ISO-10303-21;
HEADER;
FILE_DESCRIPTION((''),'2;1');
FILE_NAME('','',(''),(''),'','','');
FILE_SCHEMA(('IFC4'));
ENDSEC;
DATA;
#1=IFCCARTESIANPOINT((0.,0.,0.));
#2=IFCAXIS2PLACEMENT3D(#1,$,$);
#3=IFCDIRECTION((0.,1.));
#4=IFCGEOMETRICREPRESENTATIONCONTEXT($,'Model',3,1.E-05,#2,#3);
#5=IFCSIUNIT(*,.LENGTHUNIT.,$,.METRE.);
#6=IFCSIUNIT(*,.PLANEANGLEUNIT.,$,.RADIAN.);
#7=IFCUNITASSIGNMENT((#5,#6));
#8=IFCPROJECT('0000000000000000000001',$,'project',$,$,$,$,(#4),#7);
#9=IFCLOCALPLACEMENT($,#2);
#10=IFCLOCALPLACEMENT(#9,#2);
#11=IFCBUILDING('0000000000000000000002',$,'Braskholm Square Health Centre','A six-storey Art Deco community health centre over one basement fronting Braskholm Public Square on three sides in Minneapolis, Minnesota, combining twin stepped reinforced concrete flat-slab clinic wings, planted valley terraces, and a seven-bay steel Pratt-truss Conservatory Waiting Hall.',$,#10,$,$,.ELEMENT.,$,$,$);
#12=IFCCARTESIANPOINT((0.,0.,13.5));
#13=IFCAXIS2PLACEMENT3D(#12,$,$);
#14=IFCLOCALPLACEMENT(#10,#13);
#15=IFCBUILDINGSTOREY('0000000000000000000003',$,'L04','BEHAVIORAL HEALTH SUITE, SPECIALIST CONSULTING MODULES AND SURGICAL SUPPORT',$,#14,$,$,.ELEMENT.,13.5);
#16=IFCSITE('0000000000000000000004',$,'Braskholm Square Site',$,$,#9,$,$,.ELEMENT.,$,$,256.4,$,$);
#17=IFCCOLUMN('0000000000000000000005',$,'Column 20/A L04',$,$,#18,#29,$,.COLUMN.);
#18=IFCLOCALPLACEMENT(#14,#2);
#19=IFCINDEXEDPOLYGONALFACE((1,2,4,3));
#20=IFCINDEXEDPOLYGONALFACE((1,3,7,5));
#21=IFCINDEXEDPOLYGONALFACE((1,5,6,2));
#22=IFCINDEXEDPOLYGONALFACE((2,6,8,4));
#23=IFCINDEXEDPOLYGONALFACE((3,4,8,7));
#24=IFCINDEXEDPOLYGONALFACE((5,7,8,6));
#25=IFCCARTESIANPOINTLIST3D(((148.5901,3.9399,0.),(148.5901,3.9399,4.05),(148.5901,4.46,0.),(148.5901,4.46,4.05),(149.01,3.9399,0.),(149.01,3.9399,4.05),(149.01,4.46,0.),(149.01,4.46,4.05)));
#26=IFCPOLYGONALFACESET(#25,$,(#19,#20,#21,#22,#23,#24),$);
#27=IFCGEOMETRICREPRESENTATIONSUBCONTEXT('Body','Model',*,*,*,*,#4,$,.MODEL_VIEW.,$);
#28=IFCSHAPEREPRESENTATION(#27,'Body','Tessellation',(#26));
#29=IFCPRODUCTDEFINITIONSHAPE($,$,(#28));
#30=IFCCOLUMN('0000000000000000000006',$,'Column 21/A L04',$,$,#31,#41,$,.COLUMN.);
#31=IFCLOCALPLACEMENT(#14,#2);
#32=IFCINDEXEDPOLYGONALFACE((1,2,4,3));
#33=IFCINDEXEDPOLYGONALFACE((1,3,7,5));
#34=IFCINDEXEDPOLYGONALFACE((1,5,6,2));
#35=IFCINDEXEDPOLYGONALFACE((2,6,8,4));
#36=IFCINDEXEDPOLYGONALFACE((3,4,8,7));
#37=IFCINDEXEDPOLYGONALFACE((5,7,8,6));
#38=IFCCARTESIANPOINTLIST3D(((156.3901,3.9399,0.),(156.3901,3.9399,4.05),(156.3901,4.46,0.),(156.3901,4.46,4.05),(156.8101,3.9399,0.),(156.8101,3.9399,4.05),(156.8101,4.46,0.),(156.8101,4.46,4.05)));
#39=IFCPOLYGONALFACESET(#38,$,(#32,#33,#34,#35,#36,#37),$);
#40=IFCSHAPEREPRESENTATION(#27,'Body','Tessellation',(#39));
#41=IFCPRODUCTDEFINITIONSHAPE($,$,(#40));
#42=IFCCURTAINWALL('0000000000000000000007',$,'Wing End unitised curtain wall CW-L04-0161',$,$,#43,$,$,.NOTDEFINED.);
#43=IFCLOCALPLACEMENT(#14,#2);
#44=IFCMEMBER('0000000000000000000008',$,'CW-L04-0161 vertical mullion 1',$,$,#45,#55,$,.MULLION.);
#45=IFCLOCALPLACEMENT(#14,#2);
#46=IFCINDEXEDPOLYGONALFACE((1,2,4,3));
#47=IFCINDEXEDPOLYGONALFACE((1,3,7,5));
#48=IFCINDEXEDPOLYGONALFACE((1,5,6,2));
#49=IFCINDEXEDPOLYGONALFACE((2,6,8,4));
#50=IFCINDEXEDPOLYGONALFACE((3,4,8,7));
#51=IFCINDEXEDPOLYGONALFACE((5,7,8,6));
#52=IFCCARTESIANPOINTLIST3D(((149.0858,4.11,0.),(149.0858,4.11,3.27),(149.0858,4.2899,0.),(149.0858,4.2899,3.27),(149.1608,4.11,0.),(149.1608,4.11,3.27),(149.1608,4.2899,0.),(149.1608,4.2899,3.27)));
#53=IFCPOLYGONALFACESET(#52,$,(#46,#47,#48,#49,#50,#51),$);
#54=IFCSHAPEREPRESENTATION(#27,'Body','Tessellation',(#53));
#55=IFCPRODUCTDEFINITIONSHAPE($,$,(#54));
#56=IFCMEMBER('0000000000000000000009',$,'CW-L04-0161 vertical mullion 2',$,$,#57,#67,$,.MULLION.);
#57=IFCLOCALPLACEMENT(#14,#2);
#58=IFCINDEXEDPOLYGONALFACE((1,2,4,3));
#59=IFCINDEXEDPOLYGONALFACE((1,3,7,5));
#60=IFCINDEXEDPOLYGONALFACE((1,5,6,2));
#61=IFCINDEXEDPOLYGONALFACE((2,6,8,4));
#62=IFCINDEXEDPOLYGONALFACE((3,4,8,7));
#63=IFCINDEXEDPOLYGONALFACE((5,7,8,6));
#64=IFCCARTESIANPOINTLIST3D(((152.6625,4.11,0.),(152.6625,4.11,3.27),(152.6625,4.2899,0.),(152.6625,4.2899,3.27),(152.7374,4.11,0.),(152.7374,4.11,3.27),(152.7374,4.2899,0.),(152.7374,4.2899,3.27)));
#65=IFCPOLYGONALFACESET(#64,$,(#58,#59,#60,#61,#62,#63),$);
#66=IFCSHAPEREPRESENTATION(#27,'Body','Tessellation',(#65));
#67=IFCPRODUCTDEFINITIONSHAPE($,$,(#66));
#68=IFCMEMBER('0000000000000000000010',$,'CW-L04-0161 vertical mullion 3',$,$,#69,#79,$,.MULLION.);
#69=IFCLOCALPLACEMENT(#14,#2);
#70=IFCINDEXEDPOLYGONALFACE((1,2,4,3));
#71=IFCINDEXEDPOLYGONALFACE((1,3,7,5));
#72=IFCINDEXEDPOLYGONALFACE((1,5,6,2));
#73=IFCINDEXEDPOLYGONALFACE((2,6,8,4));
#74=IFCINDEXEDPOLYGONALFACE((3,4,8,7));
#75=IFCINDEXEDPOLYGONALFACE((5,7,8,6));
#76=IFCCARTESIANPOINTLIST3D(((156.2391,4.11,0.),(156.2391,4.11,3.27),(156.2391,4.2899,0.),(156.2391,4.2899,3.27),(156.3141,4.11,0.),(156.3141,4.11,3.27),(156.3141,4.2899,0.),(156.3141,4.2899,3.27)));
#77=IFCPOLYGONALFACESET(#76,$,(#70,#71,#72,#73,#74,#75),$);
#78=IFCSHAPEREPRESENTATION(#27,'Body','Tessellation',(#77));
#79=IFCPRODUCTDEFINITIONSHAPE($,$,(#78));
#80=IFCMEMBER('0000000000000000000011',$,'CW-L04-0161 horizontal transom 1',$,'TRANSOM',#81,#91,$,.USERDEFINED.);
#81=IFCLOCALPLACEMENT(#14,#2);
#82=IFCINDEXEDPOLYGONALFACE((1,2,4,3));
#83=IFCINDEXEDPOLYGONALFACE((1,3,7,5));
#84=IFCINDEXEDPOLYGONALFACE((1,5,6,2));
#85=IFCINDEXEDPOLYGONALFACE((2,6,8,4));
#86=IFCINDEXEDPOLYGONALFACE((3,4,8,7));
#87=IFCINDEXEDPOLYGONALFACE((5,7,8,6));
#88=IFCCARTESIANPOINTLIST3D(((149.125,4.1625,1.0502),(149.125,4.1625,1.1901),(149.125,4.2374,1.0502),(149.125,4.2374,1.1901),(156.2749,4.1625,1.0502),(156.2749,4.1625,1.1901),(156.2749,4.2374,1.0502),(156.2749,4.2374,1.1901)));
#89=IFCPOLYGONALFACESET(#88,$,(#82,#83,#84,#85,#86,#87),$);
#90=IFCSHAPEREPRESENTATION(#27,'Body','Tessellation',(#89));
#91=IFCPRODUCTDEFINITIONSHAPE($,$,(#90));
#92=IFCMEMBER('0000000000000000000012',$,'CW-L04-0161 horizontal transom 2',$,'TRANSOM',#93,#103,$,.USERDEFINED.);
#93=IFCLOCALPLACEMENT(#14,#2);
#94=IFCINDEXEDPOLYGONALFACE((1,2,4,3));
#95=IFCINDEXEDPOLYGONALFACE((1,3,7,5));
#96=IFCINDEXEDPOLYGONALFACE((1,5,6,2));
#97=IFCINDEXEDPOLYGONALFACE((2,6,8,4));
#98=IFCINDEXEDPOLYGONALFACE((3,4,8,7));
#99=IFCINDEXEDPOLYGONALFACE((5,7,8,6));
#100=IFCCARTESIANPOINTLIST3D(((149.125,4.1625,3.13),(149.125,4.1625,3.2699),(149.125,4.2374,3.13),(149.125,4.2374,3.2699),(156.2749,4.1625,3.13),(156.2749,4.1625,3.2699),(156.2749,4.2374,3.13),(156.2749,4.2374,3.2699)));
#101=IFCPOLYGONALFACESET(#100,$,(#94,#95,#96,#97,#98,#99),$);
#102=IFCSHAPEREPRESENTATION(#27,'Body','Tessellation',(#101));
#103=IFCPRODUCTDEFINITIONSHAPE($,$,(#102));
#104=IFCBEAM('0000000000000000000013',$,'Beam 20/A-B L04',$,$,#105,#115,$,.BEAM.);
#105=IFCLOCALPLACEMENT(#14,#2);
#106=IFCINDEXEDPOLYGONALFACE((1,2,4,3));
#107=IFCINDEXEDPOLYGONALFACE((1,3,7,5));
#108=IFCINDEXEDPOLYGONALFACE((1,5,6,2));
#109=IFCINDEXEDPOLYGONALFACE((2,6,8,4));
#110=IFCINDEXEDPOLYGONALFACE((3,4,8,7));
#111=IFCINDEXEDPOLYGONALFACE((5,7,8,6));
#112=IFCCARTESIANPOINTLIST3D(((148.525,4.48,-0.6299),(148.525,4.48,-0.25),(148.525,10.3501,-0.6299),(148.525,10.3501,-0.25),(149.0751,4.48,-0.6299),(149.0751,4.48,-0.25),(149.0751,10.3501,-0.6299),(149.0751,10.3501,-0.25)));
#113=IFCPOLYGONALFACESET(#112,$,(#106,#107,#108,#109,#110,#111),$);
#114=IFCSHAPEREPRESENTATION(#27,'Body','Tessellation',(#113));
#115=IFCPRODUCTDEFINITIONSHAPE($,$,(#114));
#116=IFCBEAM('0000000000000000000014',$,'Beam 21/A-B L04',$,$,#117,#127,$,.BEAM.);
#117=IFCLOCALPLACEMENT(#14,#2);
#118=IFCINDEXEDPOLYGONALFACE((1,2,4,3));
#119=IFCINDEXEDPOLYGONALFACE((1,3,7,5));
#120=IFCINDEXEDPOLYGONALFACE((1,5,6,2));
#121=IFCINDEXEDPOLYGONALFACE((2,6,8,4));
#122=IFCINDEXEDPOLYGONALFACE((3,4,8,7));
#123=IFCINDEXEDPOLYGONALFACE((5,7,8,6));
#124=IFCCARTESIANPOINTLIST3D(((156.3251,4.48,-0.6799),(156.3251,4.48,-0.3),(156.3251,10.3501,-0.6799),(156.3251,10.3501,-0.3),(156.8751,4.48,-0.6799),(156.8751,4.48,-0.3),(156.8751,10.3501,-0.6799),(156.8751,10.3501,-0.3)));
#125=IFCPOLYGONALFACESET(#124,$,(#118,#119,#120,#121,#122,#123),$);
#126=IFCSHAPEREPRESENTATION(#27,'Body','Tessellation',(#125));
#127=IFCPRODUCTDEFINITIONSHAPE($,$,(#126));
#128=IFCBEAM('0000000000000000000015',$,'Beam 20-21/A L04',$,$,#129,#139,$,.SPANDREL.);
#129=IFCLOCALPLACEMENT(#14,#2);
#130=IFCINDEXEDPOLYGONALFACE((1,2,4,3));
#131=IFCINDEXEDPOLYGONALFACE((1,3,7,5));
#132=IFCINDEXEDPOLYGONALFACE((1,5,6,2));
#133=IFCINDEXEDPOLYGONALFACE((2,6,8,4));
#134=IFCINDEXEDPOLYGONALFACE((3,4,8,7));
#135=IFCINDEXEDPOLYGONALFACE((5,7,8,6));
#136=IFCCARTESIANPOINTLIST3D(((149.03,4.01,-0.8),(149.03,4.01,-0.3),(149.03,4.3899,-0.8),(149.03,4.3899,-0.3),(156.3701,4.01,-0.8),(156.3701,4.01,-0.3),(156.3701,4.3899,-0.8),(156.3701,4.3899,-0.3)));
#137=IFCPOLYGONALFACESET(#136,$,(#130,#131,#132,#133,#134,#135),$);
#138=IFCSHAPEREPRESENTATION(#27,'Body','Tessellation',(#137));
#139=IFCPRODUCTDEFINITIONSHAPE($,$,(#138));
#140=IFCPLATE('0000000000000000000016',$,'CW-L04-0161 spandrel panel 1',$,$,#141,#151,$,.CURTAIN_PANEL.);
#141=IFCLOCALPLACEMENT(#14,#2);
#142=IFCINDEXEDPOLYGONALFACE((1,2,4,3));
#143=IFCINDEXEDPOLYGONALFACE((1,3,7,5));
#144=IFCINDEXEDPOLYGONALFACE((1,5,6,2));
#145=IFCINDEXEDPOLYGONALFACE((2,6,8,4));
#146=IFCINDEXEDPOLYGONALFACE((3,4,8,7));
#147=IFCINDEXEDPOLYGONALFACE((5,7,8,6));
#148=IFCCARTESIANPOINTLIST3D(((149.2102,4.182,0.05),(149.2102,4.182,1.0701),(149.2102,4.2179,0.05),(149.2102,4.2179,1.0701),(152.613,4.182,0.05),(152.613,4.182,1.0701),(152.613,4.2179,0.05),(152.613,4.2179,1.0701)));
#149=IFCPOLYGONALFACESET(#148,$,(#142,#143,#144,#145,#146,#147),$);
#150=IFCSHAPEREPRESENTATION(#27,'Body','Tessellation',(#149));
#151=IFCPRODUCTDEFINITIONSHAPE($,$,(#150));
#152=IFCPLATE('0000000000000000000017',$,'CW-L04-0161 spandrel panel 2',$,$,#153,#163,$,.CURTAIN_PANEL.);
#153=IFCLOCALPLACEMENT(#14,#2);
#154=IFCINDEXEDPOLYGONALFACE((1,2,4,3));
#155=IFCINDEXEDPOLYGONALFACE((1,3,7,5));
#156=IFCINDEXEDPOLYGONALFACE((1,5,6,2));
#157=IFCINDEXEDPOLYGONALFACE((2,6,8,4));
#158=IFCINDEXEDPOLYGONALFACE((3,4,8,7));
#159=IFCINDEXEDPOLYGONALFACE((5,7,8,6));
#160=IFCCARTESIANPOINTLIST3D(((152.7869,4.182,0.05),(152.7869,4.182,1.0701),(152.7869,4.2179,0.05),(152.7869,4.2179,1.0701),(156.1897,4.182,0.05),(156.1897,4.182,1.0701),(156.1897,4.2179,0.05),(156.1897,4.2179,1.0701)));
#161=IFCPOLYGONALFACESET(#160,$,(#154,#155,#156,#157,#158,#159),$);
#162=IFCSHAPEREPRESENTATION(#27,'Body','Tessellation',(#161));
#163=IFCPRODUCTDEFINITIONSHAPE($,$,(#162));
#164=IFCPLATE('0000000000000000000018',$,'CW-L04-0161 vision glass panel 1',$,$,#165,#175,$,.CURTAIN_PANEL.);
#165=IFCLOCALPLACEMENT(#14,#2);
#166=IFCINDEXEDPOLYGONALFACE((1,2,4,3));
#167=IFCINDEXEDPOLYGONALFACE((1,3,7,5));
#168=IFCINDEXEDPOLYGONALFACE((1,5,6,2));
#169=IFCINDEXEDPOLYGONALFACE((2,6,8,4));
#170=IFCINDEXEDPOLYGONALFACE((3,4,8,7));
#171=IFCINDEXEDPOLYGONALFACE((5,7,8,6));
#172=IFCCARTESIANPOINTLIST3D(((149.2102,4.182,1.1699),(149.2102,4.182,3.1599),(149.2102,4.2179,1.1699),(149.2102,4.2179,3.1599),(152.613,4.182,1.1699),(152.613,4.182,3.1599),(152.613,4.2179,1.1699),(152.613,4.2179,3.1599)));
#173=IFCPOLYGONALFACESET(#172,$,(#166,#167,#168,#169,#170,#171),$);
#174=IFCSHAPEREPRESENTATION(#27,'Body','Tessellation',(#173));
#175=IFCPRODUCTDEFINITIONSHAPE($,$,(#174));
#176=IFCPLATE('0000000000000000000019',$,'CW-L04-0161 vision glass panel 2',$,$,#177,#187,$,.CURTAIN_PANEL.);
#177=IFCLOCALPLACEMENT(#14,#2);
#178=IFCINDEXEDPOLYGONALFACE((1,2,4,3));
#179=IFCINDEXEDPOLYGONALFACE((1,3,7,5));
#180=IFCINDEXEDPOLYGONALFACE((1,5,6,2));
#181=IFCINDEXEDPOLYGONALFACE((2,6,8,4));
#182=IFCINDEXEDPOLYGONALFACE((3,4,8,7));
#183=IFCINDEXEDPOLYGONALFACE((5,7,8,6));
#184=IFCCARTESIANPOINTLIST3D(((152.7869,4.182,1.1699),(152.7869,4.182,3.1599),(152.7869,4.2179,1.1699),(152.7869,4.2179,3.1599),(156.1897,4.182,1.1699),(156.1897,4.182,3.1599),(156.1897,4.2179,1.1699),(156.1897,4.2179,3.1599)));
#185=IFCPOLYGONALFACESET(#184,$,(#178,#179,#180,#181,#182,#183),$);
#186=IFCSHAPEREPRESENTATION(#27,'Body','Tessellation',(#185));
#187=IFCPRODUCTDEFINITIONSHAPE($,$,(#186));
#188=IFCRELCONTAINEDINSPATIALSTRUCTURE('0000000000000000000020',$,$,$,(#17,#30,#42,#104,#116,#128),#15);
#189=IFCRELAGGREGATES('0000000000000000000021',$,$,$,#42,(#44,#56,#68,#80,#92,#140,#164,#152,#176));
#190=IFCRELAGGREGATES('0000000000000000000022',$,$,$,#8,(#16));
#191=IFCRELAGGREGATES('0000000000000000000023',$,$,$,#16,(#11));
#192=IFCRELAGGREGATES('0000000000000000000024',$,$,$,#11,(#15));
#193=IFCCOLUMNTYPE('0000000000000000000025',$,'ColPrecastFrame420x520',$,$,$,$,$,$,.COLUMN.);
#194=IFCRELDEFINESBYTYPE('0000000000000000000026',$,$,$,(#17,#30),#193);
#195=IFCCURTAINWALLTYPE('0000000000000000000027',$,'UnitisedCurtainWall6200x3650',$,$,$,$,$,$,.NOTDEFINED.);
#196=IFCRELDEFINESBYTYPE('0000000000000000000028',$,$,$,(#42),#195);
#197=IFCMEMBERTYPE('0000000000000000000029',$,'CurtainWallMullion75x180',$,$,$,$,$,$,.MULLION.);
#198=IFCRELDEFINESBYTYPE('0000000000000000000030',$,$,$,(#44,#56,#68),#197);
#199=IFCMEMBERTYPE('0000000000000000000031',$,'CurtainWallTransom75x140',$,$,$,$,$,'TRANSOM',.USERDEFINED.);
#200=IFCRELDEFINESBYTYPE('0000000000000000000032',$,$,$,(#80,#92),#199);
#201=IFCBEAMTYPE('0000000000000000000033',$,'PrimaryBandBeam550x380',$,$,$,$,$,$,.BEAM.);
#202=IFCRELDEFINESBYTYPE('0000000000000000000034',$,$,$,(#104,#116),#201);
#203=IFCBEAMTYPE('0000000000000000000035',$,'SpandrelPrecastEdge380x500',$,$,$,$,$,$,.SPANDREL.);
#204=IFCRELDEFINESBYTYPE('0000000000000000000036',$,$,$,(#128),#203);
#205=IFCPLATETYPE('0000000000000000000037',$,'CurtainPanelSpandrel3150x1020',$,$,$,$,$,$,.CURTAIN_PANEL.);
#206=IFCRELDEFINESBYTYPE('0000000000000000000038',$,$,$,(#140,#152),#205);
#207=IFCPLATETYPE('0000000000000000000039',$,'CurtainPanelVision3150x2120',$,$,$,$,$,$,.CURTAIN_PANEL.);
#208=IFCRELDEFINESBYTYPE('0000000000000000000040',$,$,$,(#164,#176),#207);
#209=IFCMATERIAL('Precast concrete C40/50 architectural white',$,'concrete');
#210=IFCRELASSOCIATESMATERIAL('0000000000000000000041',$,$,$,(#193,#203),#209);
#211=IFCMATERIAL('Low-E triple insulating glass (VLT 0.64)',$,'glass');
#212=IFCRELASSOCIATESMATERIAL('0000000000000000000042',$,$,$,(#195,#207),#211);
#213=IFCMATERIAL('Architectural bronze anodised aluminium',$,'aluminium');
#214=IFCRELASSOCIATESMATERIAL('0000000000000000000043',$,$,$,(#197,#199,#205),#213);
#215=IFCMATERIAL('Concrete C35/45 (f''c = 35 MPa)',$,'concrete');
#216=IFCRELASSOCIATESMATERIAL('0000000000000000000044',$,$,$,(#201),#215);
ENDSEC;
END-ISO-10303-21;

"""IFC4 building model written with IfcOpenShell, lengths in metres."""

from ifc_helpers import new_model, si_unit, direction, frame, origin, origin_2d, place, context, subcontext, project, spatial, rectangle, extrude, material, material_profile, profile_set, type_object, element, aggregate, save


model = new_model("IFC4")

# Units and contexts
model_context = context("Model", 3, precision=1e-05, world=origin(), true_north=direction((0.0, 1.0)))
body_context = subcontext(model_context, "Body", "Model", "MODEL_VIEW")
ifc_project = project(units=[si_unit("LENGTHUNIT", "METRE"), si_unit("PLANEANGLEUNIT", "RADIAN")], contexts=[model_context])

# Site, building, storey
site_placement = place(None, origin())
site = spatial("IfcSite", under=ifc_project, at=site_placement, Name="Braskholm Square Site", CompositionType="ELEMENT", RefElevation=256.4)
building_placement = place(site_placement, origin())
building = spatial("IfcBuilding", under=site, at=building_placement, Name="Braskholm Square Health Centre", Description="A six-storey Art Deco community health centre over one basement fronting Braskholm Public Square on three sides in Minneapolis, Minnesota, combining twin stepped reinforced concrete flat-slab clinic wings, planted valley terraces, and a seven-bay steel Pratt-truss Conservatory Waiting Hall.", CompositionType="ELEMENT")
storey_placement = place(building_placement, frame((0.0, 0.0, 13.5)))
storey = spatial("IfcBuildingStorey", under=building, at=storey_placement, Name="L04", Description="BEHAVIORAL HEALTH SUITE, SPECIALIST CONSULTING MODULES AND SURGICAL SUPPORT", CompositionType="ELEMENT", Elevation=13.5)

# Columns
ifc_material_1 = material(Name="Precast concrete C40/50 architectural white", Category="concrete")
ifc_material_profile_1 = material_profile(ifc_material_1, rectangle(XDim=0.4199, YDim=0.52, at=origin_2d()), Name="RC-420X520")
ifc_profile_set_1 = profile_set([ifc_material_profile_1], Name="Precast concrete C40/50 architectural white")
column_type = type_object("IfcColumnType", Name="ColPrecastFrame420x520", PredefinedType="COLUMN", material=ifc_profile_set_1)
for number, where, z_axis, x_axis, name in (
    (1, (148.8, 4.2, 0.0), (0.0, 0.0, 1.0), (1.0, 0.0, 0.0), "Column 20/A L04"),
    (2, (156.6001, 4.2, 0.0), (0.0, 0.0, 1.0), (1.0, 0.0, 0.0), "Column 21/A L04"),
):
    element("IfcColumn", number, at=place(storey_placement, frame(where, z_axis=z_axis, x_axis=x_axis)), inside=storey, type_object=column_type, Name=name, PredefinedType="COLUMN", context=body_context, shape_type="SweptSolid", body=[
        extrude(rectangle(XDim=0.4199, YDim=0.52, at=origin_2d()), origin(), (0.0, 0.0, 1.0), 4.05),
    ])

# Curtain wall, members
ifc_material_2 = material(Name="Low-E triple insulating glass (VLT 0.64)", Category="glass")
curtain_wall_type = type_object("IfcCurtainWallType", Name="UnitisedCurtainWall6200x3650", PredefinedType="NOTDEFINED", material=ifc_material_2)
curtain_wall_placement = place(storey_placement, origin())
curtain_wall = element("IfcCurtainWall", 3, at=curtain_wall_placement, inside=storey, type_object=curtain_wall_type, Name="Wing End unitised curtain wall CW-L04-0161", PredefinedType="NOTDEFINED")
ifc_material_3 = material(Name="Architectural bronze anodised aluminium", Category="aluminium")
ifc_material_profile_2 = material_profile(ifc_material_3, rectangle(XDim=0.075, YDim=0.1799, at=origin_2d()), Name="ALU-75X180")
ifc_profile_set_2 = profile_set([ifc_material_profile_2], Name="Architectural bronze anodised aluminium")
member_type_1 = type_object("IfcMemberType", Name="CurtainWallMullion75x180", PredefinedType="MULLION", material=ifc_profile_set_2)
member_1_placement = place(storey_placement, frame((149.1233, 4.2, 0.0), z_axis=(0.0, 0.0, 1.0), x_axis=(1.0, 0.0, 0.0)))
member_1 = element("IfcMember", 4, at=member_1_placement, type_object=member_type_1, Name="CW-L04-0161 vertical mullion 1", PredefinedType="MULLION", context=body_context, shape_type="SweptSolid", body=[
    extrude(rectangle(XDim=0.075, YDim=0.1799, at=origin_2d()), origin(), (0.0, 0.0, 1.0), 3.27),
])
member_2_placement = place(storey_placement, frame((152.7, 4.2, 0.0), z_axis=(0.0, 0.0, 1.0), x_axis=(1.0, 0.0, 0.0)))
member_2 = element("IfcMember", 5, at=member_2_placement, type_object=member_type_1, Name="CW-L04-0161 vertical mullion 2", PredefinedType="MULLION", context=body_context, shape_type="SweptSolid", body=[
    extrude(rectangle(XDim=0.075, YDim=0.1799, at=origin_2d()), origin(), (0.0, 0.0, 1.0), 3.27),
])
member_3_placement = place(storey_placement, frame((156.2766, 4.2, 0.0), z_axis=(0.0, 0.0, 1.0), x_axis=(1.0, 0.0, 0.0)))
member_3 = element("IfcMember", 6, at=member_3_placement, type_object=member_type_1, Name="CW-L04-0161 vertical mullion 3", PredefinedType="MULLION", context=body_context, shape_type="SweptSolid", body=[
    extrude(rectangle(XDim=0.075, YDim=0.1799, at=origin_2d()), origin(), (0.0, 0.0, 1.0), 3.27),
])
ifc_material_profile_3 = material_profile(ifc_material_3, rectangle(XDim=0.075, YDim=0.1399, at=origin_2d()), Name="ALU-75X140")
ifc_profile_set_3 = profile_set([ifc_material_profile_3], Name="Architectural bronze anodised aluminium")
member_type_2 = type_object("IfcMemberType", Name="CurtainWallTransom75x140", ElementType="TRANSOM", PredefinedType="USERDEFINED", material=ifc_profile_set_3)
member_4_placement = place(storey_placement, frame((149.125, 4.2, 1.1201), z_axis=(1.0, 0.0, 0.0), x_axis=(0.0, 1.0, 0.0)))
member_4 = element("IfcMember", 7, at=member_4_placement, type_object=member_type_2, Name="CW-L04-0161 horizontal transom 1", ObjectType="TRANSOM", PredefinedType="USERDEFINED", context=body_context, shape_type="SweptSolid", body=[
    extrude(rectangle(XDim=0.075, YDim=0.1399, at=origin_2d()), origin(), (0.0, 0.0, 1.0), 7.1499),
])
member_5_placement = place(storey_placement, frame((149.125, 4.2, 3.2), z_axis=(1.0, 0.0, 0.0), x_axis=(0.0, 1.0, 0.0)))
member_5 = element("IfcMember", 8, at=member_5_placement, type_object=member_type_2, Name="CW-L04-0161 horizontal transom 2", ObjectType="TRANSOM", PredefinedType="USERDEFINED", context=body_context, shape_type="SweptSolid", body=[
    extrude(rectangle(XDim=0.075, YDim=0.1399, at=origin_2d()), origin(), (0.0, 0.0, 1.0), 7.1499),
])

# Beams
ifc_material_4 = material(Name="Concrete C35/45 (f'c = 35 MPa)", Category="concrete")
ifc_material_profile_4 = material_profile(ifc_material_4, rectangle(XDim=0.55, YDim=0.3799, at=origin_2d()), Name="RCB-550X380")
ifc_profile_set_4 = profile_set([ifc_material_profile_4], Name="Concrete C35/45 (f'c = 35 MPa)")
beam_type_1 = type_object("IfcBeamType", Name="PrimaryBandBeam550x380", PredefinedType="BEAM", material=ifc_profile_set_4)
for number, where, z_axis, x_axis, name in (
    (9, (148.8, 4.48, -0.4399), (0.0, 1.0, 0.0), (-1.0, 0.0, 0.0), "Beam 20/A-B L04"),
    (10, (156.6001, 4.48, -0.49), (0.0, 1.0, 0.0), (-1.0, 0.0, 0.0), "Beam 21/A-B L04"),
):
    element("IfcBeam", number, at=place(storey_placement, frame(where, z_axis=z_axis, x_axis=x_axis)), inside=storey, type_object=beam_type_1, Name=name, PredefinedType="BEAM", context=body_context, shape_type="SweptSolid", body=[
        extrude(rectangle(XDim=0.55, YDim=0.3799, at=origin_2d()), origin(), (0.0, 0.0, 1.0), 5.8701),
    ])
ifc_material_profile_5 = material_profile(ifc_material_1, rectangle(XDim=0.3799, YDim=0.5, at=origin_2d()), Name="RCB-380X500")
ifc_profile_set_5 = profile_set([ifc_material_profile_5], Name="Precast concrete C40/50 architectural white")
beam_type_2 = type_object("IfcBeamType", Name="SpandrelPrecastEdge380x500", PredefinedType="SPANDREL", material=ifc_profile_set_5)
beam_placement = place(storey_placement, frame((149.03, 4.2, -0.55), z_axis=(1.0, 0.0, 0.0), x_axis=(0.0, 1.0, 0.0)))
element("IfcBeam", 11, at=beam_placement, inside=storey, type_object=beam_type_2, Name="Beam 20-21/A L04", PredefinedType="SPANDREL", context=body_context, shape_type="SweptSolid", body=[
    extrude(rectangle(XDim=0.3799, YDim=0.5, at=origin_2d()), origin(), (0.0, 0.0, 1.0), 7.3401),
])

# Plates
plate_type_1 = type_object("IfcPlateType", Name="CurtainPanelSpandrel3150x1020", PredefinedType="CURTAIN_PANEL", material=ifc_material_3)
plate_1_placement = place(storey_placement, frame((150.9116, 4.2, 0.05), z_axis=(0.0, 0.0, 1.0), x_axis=(1.0, 0.0, 0.0)))
plate_1 = element("IfcPlate", 12, at=plate_1_placement, type_object=plate_type_1, Name="CW-L04-0161 spandrel panel 1", PredefinedType="CURTAIN_PANEL", context=body_context, shape_type="SweptSolid", body=[
    extrude(rectangle(XDim=3.4028, YDim=0.0359, at=origin_2d()), origin(), (0.0, 0.0, 1.0), 1.02),
])
plate_2_placement = place(storey_placement, frame((154.4883, 4.2, 0.05), z_axis=(0.0, 0.0, 1.0), x_axis=(1.0, 0.0, 0.0)))
plate_2 = element("IfcPlate", 13, at=plate_2_placement, type_object=plate_type_1, Name="CW-L04-0161 spandrel panel 2", PredefinedType="CURTAIN_PANEL", context=body_context, shape_type="SweptSolid", body=[
    extrude(rectangle(XDim=3.4028, YDim=0.0359, at=origin_2d()), origin(), (0.0, 0.0, 1.0), 1.02),
])
plate_type_2 = type_object("IfcPlateType", Name="CurtainPanelVision3150x2120", PredefinedType="CURTAIN_PANEL", material=ifc_material_2)
plate_3_placement = place(storey_placement, frame((150.9116, 4.2, 1.1699), z_axis=(0.0, 0.0, 1.0), x_axis=(1.0, 0.0, 0.0)))
plate_3 = element("IfcPlate", 14, at=plate_3_placement, type_object=plate_type_2, Name="CW-L04-0161 vision glass panel 1", PredefinedType="CURTAIN_PANEL", context=body_context, shape_type="SweptSolid", body=[
    extrude(rectangle(XDim=3.4028, YDim=0.0359, at=origin_2d()), origin(), (0.0, 0.0, 1.0), 1.99),
])
plate_4_placement = place(storey_placement, frame((154.4883, 4.2, 1.1699), z_axis=(0.0, 0.0, 1.0), x_axis=(1.0, 0.0, 0.0)))
plate_4 = element("IfcPlate", 15, at=plate_4_placement, type_object=plate_type_2, Name="CW-L04-0161 vision glass panel 2", PredefinedType="CURTAIN_PANEL", context=body_context, shape_type="SweptSolid", body=[
    extrude(rectangle(XDim=3.4028, YDim=0.0359, at=origin_2d()), origin(), (0.0, 0.0, 1.0), 1.99),
])
aggregate(curtain_wall, [member_1, member_2, member_3, member_4, member_5, plate_1, plate_3, plate_2, plate_4])

save(model, "model.ifc")
